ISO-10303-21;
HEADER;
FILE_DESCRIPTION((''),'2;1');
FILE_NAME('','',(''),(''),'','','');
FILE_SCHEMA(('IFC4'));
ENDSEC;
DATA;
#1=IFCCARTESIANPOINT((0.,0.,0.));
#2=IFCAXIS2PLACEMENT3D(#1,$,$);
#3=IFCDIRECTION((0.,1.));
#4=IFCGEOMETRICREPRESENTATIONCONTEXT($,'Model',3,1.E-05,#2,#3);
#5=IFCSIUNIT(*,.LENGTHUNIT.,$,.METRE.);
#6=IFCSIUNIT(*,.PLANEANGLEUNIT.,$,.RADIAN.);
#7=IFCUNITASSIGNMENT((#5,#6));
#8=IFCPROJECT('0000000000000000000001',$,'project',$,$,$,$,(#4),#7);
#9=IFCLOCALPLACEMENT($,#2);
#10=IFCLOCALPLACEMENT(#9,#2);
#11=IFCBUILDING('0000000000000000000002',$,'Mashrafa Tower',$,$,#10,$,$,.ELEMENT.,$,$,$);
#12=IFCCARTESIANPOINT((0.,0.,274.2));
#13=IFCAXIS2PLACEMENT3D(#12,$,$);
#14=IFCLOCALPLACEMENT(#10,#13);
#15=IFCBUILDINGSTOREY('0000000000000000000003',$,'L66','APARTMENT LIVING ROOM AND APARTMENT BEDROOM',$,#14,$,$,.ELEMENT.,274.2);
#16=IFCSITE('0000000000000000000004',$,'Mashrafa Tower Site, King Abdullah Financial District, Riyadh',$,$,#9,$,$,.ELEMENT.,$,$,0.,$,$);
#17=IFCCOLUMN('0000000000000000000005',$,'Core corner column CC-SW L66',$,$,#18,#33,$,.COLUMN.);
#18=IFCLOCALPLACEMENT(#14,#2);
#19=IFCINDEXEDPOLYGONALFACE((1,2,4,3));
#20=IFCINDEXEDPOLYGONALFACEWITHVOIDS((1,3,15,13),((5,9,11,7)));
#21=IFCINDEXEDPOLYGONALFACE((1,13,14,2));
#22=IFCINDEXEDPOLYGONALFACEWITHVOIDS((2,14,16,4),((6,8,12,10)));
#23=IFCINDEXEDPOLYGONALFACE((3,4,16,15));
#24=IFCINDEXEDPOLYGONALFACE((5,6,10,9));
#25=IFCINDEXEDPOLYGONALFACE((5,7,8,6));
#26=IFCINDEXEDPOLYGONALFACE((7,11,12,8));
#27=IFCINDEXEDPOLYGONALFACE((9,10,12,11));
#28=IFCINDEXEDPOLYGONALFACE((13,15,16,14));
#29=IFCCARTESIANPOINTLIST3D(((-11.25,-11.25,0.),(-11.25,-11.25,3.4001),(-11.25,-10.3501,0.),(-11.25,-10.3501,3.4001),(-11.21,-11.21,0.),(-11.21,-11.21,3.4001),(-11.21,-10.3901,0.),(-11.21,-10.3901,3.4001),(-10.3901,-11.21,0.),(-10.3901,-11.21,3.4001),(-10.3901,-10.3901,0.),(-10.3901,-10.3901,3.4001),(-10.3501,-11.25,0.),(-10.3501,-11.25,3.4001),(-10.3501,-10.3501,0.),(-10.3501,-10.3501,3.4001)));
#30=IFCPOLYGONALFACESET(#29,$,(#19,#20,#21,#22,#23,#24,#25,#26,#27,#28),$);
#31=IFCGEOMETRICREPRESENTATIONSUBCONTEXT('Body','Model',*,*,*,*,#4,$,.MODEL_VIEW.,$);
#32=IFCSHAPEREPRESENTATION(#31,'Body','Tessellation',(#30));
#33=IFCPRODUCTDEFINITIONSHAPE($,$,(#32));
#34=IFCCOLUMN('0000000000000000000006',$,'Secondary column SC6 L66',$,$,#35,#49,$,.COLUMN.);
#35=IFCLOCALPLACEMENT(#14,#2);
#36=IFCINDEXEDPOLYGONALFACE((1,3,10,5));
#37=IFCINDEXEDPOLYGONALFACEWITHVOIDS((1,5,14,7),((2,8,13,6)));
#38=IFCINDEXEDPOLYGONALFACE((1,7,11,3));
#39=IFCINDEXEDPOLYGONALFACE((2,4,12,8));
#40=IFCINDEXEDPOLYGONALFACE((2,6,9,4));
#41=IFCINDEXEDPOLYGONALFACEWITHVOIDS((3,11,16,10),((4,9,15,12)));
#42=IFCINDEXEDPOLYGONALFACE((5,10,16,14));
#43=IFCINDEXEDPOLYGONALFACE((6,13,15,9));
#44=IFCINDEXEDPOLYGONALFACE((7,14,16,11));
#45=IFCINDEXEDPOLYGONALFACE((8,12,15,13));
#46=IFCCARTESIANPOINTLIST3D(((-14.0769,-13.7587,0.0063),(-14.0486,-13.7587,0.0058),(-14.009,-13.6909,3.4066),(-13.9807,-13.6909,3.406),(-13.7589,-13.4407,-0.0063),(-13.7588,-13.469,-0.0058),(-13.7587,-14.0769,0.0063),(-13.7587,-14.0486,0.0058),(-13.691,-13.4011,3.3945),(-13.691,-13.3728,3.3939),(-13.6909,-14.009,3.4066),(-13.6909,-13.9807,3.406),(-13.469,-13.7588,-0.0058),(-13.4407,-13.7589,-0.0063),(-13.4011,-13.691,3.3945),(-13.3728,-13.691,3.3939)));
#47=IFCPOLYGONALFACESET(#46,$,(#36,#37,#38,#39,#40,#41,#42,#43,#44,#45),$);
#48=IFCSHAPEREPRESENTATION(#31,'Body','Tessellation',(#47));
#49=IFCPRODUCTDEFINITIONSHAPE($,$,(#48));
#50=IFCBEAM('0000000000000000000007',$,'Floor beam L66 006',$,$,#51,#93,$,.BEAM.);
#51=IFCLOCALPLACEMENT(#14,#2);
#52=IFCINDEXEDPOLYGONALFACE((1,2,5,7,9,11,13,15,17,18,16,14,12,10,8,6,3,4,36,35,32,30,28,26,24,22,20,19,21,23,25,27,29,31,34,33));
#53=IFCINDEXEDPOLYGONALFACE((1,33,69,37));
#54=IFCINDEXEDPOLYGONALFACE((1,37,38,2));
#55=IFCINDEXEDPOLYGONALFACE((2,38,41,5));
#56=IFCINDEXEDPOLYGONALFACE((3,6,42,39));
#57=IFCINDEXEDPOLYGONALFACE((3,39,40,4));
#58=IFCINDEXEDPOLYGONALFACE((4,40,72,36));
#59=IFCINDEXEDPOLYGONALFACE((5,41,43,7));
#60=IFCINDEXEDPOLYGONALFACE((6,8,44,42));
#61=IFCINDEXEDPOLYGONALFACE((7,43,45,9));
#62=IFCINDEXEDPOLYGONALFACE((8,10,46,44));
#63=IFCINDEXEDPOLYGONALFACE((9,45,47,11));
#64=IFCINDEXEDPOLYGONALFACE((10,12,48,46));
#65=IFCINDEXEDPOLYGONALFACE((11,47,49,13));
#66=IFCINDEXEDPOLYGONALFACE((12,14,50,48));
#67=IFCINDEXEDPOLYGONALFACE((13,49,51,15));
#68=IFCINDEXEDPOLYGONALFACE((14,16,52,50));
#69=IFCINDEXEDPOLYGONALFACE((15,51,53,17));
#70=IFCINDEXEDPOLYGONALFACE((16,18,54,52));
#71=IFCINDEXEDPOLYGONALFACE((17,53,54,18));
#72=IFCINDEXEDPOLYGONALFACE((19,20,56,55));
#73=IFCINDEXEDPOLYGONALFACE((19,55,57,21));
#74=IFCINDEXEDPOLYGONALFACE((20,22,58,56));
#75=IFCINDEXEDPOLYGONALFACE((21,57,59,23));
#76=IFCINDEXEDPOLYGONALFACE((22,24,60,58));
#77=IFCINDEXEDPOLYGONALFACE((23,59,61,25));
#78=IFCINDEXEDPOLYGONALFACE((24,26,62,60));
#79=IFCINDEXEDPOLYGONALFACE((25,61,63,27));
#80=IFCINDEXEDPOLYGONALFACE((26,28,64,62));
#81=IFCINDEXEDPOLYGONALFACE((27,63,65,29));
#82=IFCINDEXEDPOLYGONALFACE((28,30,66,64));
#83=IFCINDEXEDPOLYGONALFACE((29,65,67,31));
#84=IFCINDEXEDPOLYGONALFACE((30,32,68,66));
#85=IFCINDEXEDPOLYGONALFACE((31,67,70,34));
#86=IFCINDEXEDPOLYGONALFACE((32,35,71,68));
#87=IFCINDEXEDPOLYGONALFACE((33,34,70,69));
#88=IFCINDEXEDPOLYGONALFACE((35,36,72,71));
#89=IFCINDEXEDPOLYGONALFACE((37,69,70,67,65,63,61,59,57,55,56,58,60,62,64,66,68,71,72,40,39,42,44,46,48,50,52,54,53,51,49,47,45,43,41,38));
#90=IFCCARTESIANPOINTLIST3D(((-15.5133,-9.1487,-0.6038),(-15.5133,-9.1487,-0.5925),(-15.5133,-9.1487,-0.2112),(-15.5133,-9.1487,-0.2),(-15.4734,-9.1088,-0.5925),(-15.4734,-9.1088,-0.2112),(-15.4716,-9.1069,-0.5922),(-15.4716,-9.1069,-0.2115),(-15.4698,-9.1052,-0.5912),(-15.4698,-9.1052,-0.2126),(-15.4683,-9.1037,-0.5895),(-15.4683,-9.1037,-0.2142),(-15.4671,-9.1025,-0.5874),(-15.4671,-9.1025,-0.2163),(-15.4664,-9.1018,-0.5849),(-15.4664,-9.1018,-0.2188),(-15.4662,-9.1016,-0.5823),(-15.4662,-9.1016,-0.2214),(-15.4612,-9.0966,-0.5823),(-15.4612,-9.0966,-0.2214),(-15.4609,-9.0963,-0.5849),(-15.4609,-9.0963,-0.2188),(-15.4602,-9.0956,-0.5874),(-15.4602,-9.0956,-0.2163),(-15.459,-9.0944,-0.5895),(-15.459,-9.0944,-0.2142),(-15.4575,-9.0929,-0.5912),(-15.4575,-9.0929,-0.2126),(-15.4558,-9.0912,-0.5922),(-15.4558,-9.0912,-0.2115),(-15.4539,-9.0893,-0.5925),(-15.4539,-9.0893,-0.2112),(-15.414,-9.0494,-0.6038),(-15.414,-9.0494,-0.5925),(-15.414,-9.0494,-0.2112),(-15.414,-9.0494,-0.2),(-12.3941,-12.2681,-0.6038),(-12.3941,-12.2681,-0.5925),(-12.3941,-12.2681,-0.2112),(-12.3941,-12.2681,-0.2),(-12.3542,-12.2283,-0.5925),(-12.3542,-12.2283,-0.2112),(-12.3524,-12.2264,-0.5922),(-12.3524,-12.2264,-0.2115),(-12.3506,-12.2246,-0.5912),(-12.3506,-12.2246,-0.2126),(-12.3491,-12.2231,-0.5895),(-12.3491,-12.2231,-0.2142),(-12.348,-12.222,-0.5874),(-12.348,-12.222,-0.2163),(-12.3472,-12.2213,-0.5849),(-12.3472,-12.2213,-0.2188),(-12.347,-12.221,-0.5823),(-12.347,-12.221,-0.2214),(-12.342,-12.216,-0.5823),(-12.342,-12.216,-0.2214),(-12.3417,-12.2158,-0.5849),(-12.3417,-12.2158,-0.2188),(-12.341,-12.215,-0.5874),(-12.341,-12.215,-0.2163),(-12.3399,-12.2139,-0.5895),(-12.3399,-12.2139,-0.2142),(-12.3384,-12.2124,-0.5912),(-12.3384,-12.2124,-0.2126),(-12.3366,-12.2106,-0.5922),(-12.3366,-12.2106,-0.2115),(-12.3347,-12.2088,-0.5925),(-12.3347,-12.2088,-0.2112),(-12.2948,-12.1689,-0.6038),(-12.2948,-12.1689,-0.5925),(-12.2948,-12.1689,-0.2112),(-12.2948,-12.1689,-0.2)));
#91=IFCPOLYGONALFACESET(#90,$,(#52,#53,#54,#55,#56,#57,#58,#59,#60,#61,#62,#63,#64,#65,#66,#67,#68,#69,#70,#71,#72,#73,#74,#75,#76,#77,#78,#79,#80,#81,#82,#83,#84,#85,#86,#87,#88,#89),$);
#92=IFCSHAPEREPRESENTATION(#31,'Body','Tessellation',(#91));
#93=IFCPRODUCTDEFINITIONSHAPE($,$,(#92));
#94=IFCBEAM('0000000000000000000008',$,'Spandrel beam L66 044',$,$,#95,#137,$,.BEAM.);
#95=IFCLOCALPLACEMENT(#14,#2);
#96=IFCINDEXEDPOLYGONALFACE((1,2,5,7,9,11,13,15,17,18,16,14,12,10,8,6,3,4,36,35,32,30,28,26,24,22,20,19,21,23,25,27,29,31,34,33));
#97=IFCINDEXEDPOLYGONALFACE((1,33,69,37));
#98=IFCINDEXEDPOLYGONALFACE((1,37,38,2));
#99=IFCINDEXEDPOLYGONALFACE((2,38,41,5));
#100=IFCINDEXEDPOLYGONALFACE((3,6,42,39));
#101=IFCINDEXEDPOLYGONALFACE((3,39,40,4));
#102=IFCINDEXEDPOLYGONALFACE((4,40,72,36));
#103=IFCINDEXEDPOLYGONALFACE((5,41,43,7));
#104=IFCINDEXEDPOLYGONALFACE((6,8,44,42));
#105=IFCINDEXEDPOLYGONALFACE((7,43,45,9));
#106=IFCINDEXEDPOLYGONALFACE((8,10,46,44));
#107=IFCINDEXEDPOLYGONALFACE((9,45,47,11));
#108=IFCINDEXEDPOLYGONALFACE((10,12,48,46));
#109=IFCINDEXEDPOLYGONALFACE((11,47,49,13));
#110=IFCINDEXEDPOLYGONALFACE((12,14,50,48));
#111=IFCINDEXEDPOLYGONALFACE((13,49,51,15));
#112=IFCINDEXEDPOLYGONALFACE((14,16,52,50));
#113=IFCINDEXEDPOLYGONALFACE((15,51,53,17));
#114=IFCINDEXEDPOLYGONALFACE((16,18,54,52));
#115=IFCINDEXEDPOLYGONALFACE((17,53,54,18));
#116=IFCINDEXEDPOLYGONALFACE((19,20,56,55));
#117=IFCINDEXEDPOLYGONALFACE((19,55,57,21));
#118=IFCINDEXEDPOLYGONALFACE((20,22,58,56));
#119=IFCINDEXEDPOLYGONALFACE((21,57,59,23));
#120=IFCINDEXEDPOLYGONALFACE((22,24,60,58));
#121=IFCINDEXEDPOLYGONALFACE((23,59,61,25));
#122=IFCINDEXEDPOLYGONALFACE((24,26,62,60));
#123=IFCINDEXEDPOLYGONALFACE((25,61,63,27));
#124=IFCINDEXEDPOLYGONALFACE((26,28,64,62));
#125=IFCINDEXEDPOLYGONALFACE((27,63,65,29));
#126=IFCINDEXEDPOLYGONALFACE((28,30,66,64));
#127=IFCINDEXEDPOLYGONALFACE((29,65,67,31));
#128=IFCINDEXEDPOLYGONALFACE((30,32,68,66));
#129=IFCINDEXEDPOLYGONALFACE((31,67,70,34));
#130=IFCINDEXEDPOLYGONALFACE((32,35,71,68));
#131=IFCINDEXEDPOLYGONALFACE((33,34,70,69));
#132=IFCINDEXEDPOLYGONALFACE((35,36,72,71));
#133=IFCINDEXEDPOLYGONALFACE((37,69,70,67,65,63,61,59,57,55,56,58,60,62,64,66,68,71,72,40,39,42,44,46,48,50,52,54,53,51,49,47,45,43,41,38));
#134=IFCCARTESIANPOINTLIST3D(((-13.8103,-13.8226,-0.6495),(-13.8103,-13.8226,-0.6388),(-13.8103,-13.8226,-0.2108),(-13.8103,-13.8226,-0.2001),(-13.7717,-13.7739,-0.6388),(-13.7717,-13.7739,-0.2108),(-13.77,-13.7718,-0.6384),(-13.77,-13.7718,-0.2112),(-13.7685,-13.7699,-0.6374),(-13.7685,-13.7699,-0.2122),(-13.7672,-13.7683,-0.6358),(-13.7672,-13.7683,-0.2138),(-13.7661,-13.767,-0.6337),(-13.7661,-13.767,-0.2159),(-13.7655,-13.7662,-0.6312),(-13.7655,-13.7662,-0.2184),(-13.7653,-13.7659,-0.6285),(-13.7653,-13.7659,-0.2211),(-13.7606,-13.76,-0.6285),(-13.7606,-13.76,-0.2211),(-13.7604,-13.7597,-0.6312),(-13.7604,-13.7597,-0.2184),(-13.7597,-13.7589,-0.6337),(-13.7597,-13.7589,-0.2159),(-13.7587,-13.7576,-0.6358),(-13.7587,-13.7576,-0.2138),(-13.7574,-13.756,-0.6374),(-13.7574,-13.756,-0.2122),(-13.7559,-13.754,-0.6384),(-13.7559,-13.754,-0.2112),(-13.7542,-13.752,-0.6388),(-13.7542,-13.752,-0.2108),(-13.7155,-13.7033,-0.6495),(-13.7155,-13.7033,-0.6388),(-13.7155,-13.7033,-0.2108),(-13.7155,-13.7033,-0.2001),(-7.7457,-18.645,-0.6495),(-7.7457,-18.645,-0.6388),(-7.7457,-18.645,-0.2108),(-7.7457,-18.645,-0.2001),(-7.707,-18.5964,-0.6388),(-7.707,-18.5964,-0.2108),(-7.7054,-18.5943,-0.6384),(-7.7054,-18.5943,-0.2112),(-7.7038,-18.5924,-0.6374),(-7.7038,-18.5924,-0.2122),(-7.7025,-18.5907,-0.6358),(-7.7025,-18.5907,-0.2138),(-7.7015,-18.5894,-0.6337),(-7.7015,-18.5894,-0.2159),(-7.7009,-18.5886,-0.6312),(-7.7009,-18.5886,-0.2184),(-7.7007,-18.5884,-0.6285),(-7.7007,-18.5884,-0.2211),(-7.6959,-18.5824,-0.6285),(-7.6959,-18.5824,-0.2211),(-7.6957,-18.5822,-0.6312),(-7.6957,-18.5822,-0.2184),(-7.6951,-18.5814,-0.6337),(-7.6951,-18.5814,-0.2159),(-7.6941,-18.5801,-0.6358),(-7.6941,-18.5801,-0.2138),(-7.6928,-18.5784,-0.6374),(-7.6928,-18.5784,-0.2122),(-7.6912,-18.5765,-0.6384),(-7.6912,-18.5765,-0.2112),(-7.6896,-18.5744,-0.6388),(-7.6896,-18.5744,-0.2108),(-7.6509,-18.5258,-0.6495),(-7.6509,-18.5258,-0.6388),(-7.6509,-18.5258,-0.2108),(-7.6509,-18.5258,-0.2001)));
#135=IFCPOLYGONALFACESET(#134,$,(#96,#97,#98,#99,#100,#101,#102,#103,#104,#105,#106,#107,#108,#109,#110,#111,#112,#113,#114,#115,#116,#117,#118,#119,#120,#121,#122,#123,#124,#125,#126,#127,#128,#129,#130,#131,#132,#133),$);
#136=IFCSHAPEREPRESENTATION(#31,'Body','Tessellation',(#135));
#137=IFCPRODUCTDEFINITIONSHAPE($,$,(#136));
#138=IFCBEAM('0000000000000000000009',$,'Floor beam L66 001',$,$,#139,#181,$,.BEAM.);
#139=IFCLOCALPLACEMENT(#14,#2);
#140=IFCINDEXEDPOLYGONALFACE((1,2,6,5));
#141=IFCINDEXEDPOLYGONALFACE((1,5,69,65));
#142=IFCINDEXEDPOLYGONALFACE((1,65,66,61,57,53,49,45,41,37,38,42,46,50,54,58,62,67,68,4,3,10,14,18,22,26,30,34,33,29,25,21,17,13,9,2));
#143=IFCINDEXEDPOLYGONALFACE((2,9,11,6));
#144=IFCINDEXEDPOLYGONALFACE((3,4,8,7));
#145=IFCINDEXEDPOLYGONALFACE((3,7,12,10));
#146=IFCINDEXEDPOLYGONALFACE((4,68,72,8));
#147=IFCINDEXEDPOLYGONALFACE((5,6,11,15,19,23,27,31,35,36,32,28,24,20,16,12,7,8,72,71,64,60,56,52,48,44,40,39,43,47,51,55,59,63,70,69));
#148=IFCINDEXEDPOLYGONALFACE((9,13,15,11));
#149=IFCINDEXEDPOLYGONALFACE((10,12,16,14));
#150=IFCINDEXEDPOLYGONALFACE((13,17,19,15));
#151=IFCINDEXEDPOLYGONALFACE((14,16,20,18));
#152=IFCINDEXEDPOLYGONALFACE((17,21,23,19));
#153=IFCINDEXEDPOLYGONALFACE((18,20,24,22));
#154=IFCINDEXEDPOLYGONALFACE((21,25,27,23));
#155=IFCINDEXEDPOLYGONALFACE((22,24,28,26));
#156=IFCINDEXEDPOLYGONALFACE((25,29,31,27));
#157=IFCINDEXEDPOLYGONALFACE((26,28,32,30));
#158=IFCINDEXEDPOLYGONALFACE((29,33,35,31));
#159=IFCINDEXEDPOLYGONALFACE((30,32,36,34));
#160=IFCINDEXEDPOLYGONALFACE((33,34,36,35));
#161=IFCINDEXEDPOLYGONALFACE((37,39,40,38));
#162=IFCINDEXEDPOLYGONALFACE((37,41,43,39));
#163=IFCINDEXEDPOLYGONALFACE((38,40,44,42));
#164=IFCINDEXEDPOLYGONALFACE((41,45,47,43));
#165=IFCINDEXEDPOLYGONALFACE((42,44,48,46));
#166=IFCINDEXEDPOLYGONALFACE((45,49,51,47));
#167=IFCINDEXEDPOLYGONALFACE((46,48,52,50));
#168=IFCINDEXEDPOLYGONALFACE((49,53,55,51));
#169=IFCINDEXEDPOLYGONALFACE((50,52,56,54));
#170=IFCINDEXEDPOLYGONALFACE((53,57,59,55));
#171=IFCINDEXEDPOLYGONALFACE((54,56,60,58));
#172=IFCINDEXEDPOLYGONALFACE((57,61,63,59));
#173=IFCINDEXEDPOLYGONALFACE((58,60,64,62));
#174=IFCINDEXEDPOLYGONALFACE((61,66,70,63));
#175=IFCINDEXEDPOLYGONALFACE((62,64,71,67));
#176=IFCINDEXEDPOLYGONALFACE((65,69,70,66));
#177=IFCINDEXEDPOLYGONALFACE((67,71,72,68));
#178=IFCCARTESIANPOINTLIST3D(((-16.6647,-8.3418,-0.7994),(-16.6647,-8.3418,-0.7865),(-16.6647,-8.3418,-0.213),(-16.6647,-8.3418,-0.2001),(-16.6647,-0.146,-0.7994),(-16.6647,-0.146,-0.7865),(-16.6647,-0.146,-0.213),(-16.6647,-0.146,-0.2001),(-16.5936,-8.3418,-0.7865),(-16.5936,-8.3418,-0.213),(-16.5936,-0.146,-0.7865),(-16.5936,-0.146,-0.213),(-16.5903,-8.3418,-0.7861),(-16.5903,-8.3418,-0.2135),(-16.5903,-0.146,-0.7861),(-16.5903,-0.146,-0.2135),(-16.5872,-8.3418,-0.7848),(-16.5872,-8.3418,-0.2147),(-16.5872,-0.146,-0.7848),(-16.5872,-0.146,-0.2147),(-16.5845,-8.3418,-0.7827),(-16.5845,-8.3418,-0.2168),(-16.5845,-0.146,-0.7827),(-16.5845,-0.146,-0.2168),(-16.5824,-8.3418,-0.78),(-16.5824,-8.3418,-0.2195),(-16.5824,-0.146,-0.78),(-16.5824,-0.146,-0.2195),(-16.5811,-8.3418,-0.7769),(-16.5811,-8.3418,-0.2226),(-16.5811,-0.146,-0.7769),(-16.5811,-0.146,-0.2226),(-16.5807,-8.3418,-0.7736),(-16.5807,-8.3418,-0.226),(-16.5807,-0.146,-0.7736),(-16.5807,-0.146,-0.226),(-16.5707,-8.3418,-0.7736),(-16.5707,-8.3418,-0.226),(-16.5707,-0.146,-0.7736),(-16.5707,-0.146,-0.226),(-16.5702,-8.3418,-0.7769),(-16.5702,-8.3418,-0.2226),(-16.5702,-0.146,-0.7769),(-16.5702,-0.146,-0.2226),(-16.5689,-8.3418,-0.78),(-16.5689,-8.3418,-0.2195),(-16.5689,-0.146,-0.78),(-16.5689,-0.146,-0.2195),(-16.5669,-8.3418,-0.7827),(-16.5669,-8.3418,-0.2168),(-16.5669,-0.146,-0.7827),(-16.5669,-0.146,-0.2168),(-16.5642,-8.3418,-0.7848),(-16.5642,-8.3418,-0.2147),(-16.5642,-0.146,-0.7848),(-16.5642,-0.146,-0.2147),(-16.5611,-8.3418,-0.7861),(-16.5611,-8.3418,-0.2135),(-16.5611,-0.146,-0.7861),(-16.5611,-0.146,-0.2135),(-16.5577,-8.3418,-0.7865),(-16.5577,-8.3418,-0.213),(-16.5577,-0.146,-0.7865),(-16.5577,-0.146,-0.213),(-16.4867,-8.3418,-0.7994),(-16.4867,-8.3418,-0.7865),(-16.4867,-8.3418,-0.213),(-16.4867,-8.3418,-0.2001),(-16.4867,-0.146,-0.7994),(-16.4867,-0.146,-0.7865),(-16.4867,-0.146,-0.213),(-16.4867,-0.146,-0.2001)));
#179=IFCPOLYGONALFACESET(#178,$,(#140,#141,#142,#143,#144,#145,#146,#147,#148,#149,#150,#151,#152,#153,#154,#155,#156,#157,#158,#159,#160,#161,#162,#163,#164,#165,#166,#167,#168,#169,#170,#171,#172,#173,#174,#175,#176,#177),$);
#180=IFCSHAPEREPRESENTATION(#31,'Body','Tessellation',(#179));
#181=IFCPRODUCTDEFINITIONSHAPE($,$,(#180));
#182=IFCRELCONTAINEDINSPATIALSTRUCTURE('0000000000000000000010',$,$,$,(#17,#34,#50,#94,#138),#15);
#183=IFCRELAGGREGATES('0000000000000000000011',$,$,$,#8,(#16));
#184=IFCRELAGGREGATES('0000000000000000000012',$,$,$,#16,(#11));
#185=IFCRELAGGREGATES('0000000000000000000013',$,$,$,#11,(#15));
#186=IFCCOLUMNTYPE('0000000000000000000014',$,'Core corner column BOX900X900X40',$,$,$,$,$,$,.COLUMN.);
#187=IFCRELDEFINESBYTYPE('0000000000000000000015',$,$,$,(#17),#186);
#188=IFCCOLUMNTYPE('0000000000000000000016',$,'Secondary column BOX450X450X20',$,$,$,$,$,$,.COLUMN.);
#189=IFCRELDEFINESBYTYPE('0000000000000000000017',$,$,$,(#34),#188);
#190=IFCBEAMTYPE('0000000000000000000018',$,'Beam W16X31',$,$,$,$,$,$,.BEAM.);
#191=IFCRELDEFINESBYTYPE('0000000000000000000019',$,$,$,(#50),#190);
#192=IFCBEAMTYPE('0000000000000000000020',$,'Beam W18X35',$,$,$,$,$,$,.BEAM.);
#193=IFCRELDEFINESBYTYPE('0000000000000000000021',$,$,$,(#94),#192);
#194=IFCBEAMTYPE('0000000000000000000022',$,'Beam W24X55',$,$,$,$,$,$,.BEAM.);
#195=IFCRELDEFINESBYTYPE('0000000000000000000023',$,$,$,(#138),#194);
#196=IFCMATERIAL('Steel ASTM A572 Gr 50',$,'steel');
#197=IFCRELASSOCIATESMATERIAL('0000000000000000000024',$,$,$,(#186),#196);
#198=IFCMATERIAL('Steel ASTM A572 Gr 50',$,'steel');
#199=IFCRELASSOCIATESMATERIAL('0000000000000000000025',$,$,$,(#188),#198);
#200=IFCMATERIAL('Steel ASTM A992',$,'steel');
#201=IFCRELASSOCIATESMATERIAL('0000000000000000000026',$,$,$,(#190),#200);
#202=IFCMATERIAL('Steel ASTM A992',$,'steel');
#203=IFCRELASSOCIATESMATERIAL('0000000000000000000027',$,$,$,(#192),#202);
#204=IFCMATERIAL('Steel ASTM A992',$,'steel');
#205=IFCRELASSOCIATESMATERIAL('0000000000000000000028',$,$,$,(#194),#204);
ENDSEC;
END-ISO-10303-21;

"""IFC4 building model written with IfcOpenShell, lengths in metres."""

from ifc_helpers import new_model, si_unit, direction, frame, origin, origin_2d, place, context, subcontext, project, spatial, hollow_rectangle, i_section, extrude, material, material_profile, profile_set, type_object, element, save


model = new_model("IFC4")

# Units and contexts
model_context = context("Model", 3, precision=1e-05, world=origin(), true_north=direction((0.0, 1.0)))
body_context = subcontext(model_context, "Body", "Model", "MODEL_VIEW")
ifc_project = project(units=[si_unit("LENGTHUNIT", "METRE"), si_unit("PLANEANGLEUNIT", "RADIAN")], contexts=[model_context])

# Site, building, storey
site_placement = place(None, origin())
site = spatial("IfcSite", under=ifc_project, at=site_placement, Name="Mashrafa Tower Site, King Abdullah Financial District, Riyadh", CompositionType="ELEMENT", RefElevation=0.0)
building_placement = place(site_placement, origin())
building = spatial("IfcBuilding", under=site, at=building_placement, Name="Mashrafa Tower", CompositionType="ELEMENT")
storey_placement = place(building_placement, frame((0.0, 0.0, 274.2)))
storey = spatial("IfcBuildingStorey", under=building, at=storey_placement, Name="L66", Description="APARTMENT LIVING ROOM AND APARTMENT BEDROOM", CompositionType="ELEMENT", Elevation=274.2)

# Columns
ifc_material_1 = material(Name="Steel ASTM A572 Gr 50", Category="steel")
ifc_material_profile_1 = material_profile(ifc_material_1, hollow_rectangle(XDim=0.8999, YDim=0.8999, WallThickness=0.04, at=origin_2d()), Name="BOX900X900X40")
ifc_profile_set_1 = profile_set([ifc_material_profile_1], Name="Steel ASTM A572 Gr 50")
column_type_1 = type_object("IfcColumnType", Name="Core corner column BOX900X900X40", PredefinedType="COLUMN", material=ifc_profile_set_1)
column_1_placement = place(storey_placement, frame((-10.8, -10.8, 0.0), z_axis=(0.0, 0.0, 1.0), x_axis=(1.0, 0.0, 0.0)))
element("IfcColumn", 1, at=column_1_placement, inside=storey, type_object=column_type_1, Name="Core corner column CC-SW L66", PredefinedType="COLUMN", context=body_context, shape_type="SweptSolid", body=[
    extrude(hollow_rectangle(XDim=0.8999, YDim=0.8999, WallThickness=0.04, at=origin_2d()), origin(), (0.0, 0.0, 1.0), 3.4001),
])
ifc_material_2 = material(Name="Steel ASTM A572 Gr 50", Category="steel")
ifc_material_profile_2 = material_profile(ifc_material_2, hollow_rectangle(XDim=0.45, YDim=0.45, WallThickness=0.02, at=origin_2d()), Name="BOX450X450X20")
ifc_profile_set_2 = profile_set([ifc_material_profile_2], Name="Steel ASTM A572 Gr 50")
column_type_2 = type_object("IfcColumnType", Name="Secondary column BOX450X450X20", PredefinedType="COLUMN", material=ifc_profile_set_2)
column_2_placement = place(storey_placement, frame((-13.7588, -13.7588, 0.0), z_axis=(0.019953, 0.019953, 0.999602), x_axis=(-0.707107, 0.707107, 0.0)))
element("IfcColumn", 2, at=column_2_placement, inside=storey, type_object=column_type_2, Name="Secondary column SC6 L66", PredefinedType="COLUMN", context=body_context, shape_type="SweptSolid", body=[
    extrude(hollow_rectangle(XDim=0.45, YDim=0.45, WallThickness=0.02, at=origin_2d()), origin(), (0.0, 0.0, 1.0), 3.4016),
])

# Beams
ifc_material_3 = material(Name="Steel ASTM A992", Category="steel")
ifc_material_profile_3 = material_profile(ifc_material_3, i_section(OverallWidth=0.1404, OverallDepth=0.4038, WebThickness=0.0071, FlangeThickness=0.0112, FilletRadius=0.0103, at=origin_2d()), Name="W16X31")
ifc_profile_set_3 = profile_set([ifc_material_profile_3], Name="Steel ASTM A992")
beam_type_1 = type_object("IfcBeamType", Name="Beam W16X31", PredefinedType="BEAM", material=ifc_profile_set_3)
beam_1_placement = place(storey_placement, frame((-12.3445, -12.2185, -0.4019), z_axis=(-0.707079, 0.707134, 0.0), x_axis=(-0.707134, -0.707079, 0.0)))
element("IfcBeam", 3, at=beam_1_placement, inside=storey, type_object=beam_type_1, Name="Floor beam L66 006", PredefinedType="BEAM", context=body_context, shape_type="SweptSolid", body=[
    extrude(i_section(OverallWidth=0.1404, OverallDepth=0.4038, WebThickness=0.0071, FlangeThickness=0.0112, FilletRadius=0.0103, at=origin_2d()), origin(), (0.0, 0.0, 1.0), 4.4114),
])
ifc_material_4 = material(Name="Steel ASTM A992", Category="steel")
ifc_material_profile_4 = material_profile(ifc_material_4, i_section(OverallWidth=0.1523, OverallDepth=0.4495, WebThickness=0.0076, FlangeThickness=0.0107, FilletRadius=0.0103, at=origin_2d()), Name="W18X35")
ifc_profile_set_4 = profile_set([ifc_material_profile_4], Name="Steel ASTM A992")
beam_type_2 = type_object("IfcBeamType", Name="Beam W18X35", PredefinedType="BEAM", material=ifc_profile_set_4)
beam_2_placement = place(storey_placement, frame((-13.7629, -13.7629, -0.4248), z_axis=(0.782707, -0.622391, 0.0), x_axis=(0.622391, 0.782707, 0.0)))
element("IfcBeam", 4, at=beam_2_placement, inside=storey, type_object=beam_type_2, Name="Spandrel beam L66 044", PredefinedType="BEAM", context=body_context, shape_type="SweptSolid", body=[
    extrude(i_section(OverallWidth=0.1523, OverallDepth=0.4495, WebThickness=0.0076, FlangeThickness=0.0107, FilletRadius=0.0103, at=origin_2d()), origin(), (0.0, 0.0, 1.0), 7.7483),
])
ifc_material_5 = material(Name="Steel ASTM A992", Category="steel")
ifc_material_profile_5 = material_profile(ifc_material_5, i_section(OverallWidth=0.178, OverallDepth=0.5994, WebThickness=0.01, FlangeThickness=0.0129, FilletRadius=0.0129, at=origin_2d()), Name="W24X55")
ifc_profile_set_5 = profile_set([ifc_material_profile_5], Name="Steel ASTM A992")
beam_type_3 = type_object("IfcBeamType", Name="Beam W24X55", PredefinedType="BEAM", material=ifc_profile_set_5)
beam_3_placement = place(storey_placement, frame((-16.5757, -8.3418, -0.4998), z_axis=(0.0, 1.0, 0.0), x_axis=(-1.0, 0.0, 0.0)))
element("IfcBeam", 5, at=beam_3_placement, inside=storey, type_object=beam_type_3, Name="Floor beam L66 001", PredefinedType="BEAM", context=body_context, shape_type="SweptSolid", body=[
    extrude(i_section(OverallWidth=0.178, OverallDepth=0.5994, WebThickness=0.01, FlangeThickness=0.0129, FilletRadius=0.0129, at=origin_2d()), origin(), (0.0, 0.0, 1.0), 8.1958),
])

save(model, "model.ifc")
